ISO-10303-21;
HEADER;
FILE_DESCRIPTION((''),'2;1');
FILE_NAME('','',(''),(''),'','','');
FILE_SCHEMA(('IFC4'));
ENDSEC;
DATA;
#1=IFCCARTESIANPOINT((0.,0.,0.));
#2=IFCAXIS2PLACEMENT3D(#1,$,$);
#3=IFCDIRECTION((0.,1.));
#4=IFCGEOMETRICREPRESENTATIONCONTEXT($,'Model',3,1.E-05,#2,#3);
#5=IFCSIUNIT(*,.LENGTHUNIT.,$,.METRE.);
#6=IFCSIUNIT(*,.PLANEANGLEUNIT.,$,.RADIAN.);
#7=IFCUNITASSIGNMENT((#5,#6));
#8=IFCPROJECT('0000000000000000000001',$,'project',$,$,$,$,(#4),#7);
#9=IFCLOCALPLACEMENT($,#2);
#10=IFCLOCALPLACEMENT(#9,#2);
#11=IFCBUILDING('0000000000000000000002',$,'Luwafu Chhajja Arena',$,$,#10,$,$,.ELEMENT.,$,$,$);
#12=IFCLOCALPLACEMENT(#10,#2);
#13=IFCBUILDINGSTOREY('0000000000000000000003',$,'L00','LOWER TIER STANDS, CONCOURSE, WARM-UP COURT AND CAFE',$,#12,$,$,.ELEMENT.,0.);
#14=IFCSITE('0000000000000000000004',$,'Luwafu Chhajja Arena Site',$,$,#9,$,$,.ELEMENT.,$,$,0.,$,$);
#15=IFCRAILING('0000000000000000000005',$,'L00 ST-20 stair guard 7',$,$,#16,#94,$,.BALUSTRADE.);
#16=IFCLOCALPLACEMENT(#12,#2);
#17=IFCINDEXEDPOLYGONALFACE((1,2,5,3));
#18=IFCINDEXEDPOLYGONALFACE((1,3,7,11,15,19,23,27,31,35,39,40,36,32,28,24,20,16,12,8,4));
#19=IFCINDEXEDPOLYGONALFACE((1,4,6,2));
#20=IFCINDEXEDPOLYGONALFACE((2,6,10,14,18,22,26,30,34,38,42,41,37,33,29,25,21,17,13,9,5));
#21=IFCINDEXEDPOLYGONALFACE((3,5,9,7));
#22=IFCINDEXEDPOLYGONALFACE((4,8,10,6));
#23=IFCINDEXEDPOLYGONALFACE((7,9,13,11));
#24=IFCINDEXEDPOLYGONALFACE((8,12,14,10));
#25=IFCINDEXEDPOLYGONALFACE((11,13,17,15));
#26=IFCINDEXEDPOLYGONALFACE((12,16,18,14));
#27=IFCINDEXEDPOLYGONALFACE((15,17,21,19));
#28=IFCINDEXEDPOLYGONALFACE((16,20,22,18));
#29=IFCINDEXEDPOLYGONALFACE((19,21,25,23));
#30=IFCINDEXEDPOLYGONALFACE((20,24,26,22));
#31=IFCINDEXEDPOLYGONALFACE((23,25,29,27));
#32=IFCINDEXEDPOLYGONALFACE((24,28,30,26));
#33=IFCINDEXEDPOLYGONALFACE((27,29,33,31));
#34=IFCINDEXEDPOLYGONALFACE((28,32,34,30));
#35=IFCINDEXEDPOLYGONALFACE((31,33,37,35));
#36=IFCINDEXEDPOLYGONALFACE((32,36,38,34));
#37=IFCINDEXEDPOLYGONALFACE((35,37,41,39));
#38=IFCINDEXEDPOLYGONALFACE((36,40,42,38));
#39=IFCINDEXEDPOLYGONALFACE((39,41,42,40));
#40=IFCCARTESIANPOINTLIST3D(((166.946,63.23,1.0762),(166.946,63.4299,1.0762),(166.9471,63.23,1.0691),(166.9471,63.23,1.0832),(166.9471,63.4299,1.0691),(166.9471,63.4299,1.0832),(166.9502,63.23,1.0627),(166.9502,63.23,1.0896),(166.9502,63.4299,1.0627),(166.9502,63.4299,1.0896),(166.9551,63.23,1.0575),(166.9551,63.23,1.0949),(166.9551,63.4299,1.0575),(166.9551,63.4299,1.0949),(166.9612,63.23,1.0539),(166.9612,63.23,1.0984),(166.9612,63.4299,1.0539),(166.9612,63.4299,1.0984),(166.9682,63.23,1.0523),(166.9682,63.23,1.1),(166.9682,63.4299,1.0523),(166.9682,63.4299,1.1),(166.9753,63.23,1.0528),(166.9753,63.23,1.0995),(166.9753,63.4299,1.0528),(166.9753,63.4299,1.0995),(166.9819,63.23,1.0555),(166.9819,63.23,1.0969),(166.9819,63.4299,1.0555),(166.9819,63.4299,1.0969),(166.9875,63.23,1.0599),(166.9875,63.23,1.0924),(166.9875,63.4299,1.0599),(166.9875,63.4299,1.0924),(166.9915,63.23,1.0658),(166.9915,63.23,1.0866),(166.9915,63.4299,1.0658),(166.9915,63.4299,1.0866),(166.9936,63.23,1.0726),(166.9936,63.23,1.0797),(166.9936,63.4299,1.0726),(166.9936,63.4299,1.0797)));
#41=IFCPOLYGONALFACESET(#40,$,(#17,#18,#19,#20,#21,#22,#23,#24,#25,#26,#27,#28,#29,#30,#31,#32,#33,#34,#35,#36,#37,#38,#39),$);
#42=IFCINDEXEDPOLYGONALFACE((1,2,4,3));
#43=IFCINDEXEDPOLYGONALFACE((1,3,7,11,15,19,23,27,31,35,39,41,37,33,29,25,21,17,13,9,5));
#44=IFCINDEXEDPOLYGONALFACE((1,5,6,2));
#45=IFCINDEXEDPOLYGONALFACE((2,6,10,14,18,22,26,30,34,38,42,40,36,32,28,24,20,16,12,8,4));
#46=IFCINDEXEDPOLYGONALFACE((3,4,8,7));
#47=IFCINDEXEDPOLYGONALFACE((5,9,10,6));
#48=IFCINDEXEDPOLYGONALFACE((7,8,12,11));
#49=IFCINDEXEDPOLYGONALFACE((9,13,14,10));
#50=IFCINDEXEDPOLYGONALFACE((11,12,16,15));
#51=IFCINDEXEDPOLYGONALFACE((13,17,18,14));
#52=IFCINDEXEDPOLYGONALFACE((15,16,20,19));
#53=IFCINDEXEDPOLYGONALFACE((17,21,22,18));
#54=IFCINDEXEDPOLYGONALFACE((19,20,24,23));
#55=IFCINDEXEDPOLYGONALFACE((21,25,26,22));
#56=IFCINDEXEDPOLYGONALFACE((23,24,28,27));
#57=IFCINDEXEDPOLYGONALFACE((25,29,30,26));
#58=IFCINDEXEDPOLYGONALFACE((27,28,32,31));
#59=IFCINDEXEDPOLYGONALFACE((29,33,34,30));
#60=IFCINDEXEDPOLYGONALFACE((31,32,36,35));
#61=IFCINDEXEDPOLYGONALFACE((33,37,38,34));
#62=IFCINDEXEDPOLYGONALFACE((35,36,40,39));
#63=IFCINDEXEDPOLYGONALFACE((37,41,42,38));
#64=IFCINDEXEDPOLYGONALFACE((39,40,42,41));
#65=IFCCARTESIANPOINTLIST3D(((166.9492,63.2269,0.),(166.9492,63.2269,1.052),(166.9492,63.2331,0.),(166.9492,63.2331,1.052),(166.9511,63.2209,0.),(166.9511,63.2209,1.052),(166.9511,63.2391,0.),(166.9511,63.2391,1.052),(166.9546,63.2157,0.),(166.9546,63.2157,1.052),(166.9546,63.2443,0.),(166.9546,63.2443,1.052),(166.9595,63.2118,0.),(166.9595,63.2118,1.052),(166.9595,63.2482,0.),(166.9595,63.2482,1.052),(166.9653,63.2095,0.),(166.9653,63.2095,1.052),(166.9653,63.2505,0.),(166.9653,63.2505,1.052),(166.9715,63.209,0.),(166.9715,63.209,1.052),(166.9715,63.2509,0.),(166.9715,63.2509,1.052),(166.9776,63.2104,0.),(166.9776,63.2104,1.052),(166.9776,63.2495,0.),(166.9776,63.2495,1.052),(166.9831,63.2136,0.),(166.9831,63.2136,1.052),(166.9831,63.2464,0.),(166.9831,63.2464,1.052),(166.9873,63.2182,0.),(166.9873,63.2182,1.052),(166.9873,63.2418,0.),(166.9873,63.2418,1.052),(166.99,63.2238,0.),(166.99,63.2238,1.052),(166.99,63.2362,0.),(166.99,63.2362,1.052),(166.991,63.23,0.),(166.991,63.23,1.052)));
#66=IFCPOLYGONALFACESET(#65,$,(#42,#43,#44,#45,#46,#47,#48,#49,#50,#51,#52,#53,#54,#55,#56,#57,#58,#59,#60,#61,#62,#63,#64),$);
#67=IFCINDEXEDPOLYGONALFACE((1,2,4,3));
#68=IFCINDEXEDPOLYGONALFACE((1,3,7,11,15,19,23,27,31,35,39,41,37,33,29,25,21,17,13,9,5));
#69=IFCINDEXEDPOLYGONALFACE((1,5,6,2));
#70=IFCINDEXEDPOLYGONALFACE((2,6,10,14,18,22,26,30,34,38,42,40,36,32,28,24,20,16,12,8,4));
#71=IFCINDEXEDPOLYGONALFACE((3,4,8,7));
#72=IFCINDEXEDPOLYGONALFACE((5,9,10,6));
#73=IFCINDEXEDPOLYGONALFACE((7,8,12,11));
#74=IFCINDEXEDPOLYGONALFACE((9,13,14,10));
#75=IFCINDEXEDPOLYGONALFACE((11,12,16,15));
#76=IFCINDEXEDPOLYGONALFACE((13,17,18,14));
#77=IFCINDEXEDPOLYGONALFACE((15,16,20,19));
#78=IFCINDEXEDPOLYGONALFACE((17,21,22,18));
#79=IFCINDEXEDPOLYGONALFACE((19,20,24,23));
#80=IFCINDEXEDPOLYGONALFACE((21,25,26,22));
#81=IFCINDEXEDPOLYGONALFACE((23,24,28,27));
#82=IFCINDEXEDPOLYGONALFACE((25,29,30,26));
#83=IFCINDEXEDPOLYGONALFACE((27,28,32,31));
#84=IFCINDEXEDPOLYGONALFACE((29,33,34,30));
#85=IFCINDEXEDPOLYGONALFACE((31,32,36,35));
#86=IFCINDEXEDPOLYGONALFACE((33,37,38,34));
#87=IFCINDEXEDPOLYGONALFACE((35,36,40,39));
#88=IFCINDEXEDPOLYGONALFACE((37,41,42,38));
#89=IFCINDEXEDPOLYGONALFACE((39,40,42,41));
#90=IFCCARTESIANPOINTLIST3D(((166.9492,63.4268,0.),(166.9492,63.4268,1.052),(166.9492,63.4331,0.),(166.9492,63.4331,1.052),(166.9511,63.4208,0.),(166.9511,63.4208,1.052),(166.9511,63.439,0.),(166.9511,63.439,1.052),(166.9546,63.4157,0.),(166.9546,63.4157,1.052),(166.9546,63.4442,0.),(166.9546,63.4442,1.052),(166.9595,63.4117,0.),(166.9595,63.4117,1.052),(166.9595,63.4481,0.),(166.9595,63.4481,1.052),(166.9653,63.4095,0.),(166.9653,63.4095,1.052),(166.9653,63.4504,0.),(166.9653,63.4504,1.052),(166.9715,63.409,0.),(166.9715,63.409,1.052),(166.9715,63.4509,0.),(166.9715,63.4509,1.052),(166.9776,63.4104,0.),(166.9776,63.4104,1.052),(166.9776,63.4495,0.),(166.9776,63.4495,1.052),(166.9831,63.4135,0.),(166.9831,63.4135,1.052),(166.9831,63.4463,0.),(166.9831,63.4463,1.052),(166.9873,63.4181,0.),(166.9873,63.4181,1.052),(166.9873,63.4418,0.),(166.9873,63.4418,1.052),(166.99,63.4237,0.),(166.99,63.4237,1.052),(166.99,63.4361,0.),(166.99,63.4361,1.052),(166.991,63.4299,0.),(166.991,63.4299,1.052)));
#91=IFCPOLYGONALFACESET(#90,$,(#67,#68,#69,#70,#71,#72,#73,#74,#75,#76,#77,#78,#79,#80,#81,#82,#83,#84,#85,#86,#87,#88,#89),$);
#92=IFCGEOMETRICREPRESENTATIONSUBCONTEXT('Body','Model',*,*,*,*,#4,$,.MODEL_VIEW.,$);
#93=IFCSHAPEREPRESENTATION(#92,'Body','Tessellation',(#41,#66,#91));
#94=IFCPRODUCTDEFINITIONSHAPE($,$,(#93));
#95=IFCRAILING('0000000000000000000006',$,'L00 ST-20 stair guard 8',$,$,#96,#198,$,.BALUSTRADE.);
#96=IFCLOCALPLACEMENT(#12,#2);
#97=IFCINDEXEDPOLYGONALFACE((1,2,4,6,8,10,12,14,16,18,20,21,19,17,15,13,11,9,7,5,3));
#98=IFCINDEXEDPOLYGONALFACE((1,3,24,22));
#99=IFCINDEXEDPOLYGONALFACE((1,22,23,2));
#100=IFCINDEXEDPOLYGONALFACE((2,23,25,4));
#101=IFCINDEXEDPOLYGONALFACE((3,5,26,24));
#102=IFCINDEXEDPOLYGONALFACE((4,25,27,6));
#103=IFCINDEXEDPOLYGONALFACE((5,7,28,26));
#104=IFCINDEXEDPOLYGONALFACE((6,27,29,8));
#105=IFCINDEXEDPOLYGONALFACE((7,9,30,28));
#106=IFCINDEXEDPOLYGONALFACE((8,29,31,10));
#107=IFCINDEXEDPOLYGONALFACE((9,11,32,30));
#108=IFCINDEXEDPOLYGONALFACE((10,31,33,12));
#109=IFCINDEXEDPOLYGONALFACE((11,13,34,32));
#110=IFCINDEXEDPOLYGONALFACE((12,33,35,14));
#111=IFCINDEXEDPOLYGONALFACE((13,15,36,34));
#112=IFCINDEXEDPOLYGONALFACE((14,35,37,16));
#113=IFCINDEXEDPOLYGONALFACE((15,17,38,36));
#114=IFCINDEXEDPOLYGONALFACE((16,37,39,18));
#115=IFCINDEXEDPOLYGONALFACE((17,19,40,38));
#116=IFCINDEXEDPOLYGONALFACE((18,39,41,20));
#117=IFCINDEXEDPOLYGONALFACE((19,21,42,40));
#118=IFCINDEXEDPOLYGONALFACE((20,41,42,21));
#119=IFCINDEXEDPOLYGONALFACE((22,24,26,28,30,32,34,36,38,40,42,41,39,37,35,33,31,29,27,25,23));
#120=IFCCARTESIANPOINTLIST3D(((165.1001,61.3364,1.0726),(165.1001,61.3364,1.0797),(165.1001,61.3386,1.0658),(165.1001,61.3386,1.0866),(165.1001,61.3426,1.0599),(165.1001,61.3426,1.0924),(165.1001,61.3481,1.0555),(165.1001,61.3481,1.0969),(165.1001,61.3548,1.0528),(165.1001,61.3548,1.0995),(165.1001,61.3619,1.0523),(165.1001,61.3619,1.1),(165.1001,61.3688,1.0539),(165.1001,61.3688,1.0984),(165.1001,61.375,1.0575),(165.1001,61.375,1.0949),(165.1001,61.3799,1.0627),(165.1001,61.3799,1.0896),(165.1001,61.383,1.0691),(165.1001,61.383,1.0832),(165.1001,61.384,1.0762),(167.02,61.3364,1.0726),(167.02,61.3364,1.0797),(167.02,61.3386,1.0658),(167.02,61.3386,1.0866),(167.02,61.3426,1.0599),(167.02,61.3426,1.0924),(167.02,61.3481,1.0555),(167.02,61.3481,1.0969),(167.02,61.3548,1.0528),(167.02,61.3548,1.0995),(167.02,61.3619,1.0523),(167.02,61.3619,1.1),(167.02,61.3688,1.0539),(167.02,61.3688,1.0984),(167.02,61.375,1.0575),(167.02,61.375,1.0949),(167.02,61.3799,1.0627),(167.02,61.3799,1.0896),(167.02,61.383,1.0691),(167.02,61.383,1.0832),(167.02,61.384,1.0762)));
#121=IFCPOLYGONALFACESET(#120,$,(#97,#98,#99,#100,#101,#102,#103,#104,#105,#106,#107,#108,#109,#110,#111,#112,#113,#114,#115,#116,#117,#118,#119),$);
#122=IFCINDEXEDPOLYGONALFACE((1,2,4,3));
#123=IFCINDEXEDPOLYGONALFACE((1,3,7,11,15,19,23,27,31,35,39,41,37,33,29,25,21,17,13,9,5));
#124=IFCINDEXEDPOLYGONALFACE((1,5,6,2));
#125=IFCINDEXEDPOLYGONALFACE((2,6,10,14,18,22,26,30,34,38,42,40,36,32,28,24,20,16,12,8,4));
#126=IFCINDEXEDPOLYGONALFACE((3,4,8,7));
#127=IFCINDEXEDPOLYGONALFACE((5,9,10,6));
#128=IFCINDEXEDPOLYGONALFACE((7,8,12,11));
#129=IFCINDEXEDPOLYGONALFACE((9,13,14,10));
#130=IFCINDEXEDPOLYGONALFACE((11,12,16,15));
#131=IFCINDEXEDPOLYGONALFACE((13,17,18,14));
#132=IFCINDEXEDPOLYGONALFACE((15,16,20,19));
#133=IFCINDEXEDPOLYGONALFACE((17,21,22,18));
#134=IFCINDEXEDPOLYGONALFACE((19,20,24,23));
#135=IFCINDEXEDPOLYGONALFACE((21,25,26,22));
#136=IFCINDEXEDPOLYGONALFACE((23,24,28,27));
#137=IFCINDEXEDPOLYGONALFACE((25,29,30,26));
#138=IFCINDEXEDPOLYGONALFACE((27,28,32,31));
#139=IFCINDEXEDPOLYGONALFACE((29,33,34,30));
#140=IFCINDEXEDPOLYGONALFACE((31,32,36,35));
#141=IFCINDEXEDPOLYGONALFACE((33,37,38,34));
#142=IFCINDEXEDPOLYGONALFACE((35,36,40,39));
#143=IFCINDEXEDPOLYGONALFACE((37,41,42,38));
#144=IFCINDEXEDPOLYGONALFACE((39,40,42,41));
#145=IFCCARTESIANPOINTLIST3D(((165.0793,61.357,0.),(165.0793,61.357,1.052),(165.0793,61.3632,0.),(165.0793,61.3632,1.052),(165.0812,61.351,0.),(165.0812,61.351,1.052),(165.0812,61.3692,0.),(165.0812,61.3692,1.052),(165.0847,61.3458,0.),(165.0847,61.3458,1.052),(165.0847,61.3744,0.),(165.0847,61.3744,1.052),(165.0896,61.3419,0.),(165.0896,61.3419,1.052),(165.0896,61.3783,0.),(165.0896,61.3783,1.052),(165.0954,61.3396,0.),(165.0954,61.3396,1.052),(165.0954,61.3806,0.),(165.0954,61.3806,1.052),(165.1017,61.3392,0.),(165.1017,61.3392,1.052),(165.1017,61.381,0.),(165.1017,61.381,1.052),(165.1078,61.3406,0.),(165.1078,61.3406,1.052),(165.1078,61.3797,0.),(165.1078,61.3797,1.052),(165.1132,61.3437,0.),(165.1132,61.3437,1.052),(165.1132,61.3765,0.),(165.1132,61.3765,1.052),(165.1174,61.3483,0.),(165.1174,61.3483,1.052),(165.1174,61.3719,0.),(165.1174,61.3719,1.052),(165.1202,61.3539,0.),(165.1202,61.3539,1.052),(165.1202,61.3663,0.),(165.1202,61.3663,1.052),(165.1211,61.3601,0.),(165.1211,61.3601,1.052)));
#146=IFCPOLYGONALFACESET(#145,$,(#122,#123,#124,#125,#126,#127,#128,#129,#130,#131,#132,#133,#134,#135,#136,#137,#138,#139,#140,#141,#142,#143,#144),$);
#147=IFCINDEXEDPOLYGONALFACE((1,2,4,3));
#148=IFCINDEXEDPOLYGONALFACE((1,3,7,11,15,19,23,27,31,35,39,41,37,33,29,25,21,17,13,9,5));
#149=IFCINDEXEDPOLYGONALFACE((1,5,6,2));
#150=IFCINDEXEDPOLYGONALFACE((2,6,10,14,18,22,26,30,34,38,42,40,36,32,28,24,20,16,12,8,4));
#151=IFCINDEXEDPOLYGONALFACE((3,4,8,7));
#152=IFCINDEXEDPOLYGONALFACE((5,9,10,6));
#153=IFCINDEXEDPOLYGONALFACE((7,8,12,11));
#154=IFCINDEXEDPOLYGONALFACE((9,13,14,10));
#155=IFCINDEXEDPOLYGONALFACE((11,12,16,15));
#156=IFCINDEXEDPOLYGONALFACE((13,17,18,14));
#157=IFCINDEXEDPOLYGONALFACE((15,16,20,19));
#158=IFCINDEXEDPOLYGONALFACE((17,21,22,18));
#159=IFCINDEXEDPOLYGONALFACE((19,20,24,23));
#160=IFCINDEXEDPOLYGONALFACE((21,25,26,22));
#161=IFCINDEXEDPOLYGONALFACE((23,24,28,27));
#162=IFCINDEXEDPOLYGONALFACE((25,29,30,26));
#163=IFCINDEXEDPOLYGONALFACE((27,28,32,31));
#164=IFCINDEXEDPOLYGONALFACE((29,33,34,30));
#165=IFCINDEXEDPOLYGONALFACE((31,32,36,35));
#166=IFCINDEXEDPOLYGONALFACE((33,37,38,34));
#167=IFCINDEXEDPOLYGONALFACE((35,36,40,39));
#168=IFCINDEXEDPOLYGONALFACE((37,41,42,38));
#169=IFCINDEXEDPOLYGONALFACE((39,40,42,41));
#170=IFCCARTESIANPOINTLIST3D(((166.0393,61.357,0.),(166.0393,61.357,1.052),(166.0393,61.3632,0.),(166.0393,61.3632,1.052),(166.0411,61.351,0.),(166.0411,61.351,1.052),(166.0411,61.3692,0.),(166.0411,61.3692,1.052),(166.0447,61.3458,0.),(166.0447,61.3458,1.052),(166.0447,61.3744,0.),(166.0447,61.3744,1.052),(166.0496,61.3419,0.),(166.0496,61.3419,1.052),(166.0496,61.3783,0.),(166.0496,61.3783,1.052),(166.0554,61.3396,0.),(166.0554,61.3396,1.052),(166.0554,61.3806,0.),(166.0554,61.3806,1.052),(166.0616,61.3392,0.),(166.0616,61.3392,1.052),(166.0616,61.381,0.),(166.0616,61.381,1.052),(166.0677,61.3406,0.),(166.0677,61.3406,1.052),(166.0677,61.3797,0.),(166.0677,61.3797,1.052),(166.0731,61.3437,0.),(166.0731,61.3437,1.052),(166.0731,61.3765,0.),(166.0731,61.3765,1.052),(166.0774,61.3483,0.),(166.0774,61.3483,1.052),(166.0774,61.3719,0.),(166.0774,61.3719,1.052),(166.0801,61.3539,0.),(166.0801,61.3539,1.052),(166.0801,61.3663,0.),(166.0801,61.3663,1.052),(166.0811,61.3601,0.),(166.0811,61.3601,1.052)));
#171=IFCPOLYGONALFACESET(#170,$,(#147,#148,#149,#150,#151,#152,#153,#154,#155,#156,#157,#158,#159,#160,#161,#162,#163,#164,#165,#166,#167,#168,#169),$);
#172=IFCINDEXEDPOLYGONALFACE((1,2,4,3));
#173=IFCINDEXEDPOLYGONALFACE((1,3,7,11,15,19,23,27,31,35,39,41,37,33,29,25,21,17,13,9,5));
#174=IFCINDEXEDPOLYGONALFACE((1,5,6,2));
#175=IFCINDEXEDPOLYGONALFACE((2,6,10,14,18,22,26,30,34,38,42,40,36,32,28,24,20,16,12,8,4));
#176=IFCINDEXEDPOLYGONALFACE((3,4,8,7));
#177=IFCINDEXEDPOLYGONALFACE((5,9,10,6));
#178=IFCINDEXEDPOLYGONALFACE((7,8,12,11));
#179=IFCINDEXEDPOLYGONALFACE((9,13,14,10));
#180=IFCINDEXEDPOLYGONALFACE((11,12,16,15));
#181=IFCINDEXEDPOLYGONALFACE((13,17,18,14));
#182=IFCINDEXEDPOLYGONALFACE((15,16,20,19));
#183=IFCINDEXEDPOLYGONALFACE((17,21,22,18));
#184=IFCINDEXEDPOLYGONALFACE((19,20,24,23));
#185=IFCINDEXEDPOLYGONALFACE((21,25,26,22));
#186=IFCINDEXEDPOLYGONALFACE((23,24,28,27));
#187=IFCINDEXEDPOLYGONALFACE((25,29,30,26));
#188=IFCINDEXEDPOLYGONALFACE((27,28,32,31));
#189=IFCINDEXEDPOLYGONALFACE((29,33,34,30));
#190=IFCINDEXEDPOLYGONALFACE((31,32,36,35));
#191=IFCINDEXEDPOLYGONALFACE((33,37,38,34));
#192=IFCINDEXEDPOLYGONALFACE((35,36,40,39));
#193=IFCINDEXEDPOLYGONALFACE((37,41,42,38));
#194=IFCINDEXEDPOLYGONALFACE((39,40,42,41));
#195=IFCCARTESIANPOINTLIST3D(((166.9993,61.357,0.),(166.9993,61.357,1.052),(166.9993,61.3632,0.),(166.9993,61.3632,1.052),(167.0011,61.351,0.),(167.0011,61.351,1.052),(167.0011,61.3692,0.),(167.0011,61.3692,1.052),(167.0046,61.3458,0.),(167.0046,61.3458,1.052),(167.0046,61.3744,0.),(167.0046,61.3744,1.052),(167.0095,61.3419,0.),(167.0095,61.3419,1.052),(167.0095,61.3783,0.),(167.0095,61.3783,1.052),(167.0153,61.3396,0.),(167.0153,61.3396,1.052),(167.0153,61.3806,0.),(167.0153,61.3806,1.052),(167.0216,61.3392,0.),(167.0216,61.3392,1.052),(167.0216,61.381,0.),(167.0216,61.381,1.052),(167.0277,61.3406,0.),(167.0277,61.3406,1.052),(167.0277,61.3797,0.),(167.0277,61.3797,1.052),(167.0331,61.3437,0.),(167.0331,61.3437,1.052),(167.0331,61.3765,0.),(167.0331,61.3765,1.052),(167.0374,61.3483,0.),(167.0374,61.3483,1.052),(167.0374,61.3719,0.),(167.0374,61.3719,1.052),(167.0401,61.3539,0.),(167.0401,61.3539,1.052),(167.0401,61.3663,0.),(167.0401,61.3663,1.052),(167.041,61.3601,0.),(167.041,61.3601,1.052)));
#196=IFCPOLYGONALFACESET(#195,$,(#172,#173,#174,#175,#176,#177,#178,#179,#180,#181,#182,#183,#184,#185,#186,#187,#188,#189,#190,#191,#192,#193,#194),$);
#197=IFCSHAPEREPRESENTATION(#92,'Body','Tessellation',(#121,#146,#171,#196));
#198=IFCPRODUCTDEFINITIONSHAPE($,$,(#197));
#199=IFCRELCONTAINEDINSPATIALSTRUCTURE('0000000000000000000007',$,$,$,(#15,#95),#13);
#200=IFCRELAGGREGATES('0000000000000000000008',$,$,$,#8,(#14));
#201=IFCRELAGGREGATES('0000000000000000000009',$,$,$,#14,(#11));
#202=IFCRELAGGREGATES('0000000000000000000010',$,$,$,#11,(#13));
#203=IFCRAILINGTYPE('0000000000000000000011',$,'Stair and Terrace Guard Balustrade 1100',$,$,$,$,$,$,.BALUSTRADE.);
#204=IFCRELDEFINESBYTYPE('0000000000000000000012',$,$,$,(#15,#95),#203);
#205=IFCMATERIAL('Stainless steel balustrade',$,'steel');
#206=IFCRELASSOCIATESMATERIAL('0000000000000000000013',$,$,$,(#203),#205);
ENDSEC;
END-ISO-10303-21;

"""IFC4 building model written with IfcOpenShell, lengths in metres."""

from ifc_helpers import new_model, si_unit, direction, frame, origin, origin_2d, place, context, subcontext, project, spatial, circle, extrude, material, type_object, element, save


model = new_model("IFC4")

# Units and contexts
model_context = context("Model", 3, precision=1e-05, world=origin(), true_north=direction((0.0, 1.0)))
body_context = subcontext(model_context, "Body", "Model", "MODEL_VIEW")
ifc_project = project(units=[si_unit("LENGTHUNIT", "METRE"), si_unit("PLANEANGLEUNIT", "RADIAN")], contexts=[model_context])

# Site, building, storey
site_placement = place(None, origin())
site = spatial("IfcSite", under=ifc_project, at=site_placement, Name="Luwafu Chhajja Arena Site", CompositionType="ELEMENT", RefElevation=0.0)
building_placement = place(site_placement, origin())
building = spatial("IfcBuilding", under=site, at=building_placement, Name="Luwafu Chhajja Arena", CompositionType="ELEMENT")
storey_placement = place(building_placement, origin())
storey = spatial("IfcBuildingStorey", under=building, at=storey_placement, Name="L00", Description="LOWER TIER STANDS, CONCOURSE, WARM-UP COURT AND CAFE", CompositionType="ELEMENT", Elevation=0.0)

# Railings
ifc_material_1 = material(Name="Stainless steel balustrade", Category="steel")
railing_type_1 = type_object("IfcRailingType", Name="Stair and Terrace Guard Balustrade 1100", PredefinedType="BALUSTRADE", material=ifc_material_1)
railing_1_placement = place(storey_placement, frame((166.97, 63.23, 0.0)))
element("IfcRailing", 1, at=railing_1_placement, inside=storey, type_object=railing_type_1, Name="L00 ST-20 stair guard 7", PredefinedType="BALUSTRADE", context=body_context, shape_type="SweptSolid", body=[
    extrude(circle(Radius=0.0239, at=origin_2d()), frame((0.0, 0.0, 1.0762), z_axis=(0.0, 1.0, 0.0), x_axis=(-1.0, 0.0, 0.0)), (0.0, 0.0, 1.0), 0.2),
    extrude(circle(Radius=0.021, at=origin_2d()), origin(), (0.0, 0.0, 1.0), 1.052),
    extrude(circle(Radius=0.021, at=origin_2d()), frame((0.0, 0.2, 0.0)), (0.0, 0.0, 1.0), 1.052),
])
for number, where, name in (
    (2, (165.1001, 61.3601, 0.0), "L00 ST-20 stair guard 8"),
):
    element("IfcRailing", number, at=place(storey_placement, frame(where)), inside=storey, type_object=railing_type_1, Name=name, PredefinedType="BALUSTRADE", context=body_context, shape_type="SweptSolid", body=[
        extrude(circle(Radius=0.0239, at=origin_2d()), frame((0.0, 0.0, 1.0762), z_axis=(1.0, 0.0, 0.0), x_axis=(0.0, 1.0, 0.0)), (0.0, 0.0, 1.0), 1.9199),
        extrude(circle(Radius=0.021, at=origin_2d()), origin(), (0.0, 0.0, 1.0), 1.052),
        extrude(circle(Radius=0.021, at=origin_2d()), frame((0.96, 0.0, 0.0)), (0.0, 0.0, 1.0), 1.052),
        extrude(circle(Radius=0.021, at=origin_2d()), frame((1.9199, 0.0, 0.0)), (0.0, 0.0, 1.0), 1.052),
    ])

save(model, "model.ifc")
